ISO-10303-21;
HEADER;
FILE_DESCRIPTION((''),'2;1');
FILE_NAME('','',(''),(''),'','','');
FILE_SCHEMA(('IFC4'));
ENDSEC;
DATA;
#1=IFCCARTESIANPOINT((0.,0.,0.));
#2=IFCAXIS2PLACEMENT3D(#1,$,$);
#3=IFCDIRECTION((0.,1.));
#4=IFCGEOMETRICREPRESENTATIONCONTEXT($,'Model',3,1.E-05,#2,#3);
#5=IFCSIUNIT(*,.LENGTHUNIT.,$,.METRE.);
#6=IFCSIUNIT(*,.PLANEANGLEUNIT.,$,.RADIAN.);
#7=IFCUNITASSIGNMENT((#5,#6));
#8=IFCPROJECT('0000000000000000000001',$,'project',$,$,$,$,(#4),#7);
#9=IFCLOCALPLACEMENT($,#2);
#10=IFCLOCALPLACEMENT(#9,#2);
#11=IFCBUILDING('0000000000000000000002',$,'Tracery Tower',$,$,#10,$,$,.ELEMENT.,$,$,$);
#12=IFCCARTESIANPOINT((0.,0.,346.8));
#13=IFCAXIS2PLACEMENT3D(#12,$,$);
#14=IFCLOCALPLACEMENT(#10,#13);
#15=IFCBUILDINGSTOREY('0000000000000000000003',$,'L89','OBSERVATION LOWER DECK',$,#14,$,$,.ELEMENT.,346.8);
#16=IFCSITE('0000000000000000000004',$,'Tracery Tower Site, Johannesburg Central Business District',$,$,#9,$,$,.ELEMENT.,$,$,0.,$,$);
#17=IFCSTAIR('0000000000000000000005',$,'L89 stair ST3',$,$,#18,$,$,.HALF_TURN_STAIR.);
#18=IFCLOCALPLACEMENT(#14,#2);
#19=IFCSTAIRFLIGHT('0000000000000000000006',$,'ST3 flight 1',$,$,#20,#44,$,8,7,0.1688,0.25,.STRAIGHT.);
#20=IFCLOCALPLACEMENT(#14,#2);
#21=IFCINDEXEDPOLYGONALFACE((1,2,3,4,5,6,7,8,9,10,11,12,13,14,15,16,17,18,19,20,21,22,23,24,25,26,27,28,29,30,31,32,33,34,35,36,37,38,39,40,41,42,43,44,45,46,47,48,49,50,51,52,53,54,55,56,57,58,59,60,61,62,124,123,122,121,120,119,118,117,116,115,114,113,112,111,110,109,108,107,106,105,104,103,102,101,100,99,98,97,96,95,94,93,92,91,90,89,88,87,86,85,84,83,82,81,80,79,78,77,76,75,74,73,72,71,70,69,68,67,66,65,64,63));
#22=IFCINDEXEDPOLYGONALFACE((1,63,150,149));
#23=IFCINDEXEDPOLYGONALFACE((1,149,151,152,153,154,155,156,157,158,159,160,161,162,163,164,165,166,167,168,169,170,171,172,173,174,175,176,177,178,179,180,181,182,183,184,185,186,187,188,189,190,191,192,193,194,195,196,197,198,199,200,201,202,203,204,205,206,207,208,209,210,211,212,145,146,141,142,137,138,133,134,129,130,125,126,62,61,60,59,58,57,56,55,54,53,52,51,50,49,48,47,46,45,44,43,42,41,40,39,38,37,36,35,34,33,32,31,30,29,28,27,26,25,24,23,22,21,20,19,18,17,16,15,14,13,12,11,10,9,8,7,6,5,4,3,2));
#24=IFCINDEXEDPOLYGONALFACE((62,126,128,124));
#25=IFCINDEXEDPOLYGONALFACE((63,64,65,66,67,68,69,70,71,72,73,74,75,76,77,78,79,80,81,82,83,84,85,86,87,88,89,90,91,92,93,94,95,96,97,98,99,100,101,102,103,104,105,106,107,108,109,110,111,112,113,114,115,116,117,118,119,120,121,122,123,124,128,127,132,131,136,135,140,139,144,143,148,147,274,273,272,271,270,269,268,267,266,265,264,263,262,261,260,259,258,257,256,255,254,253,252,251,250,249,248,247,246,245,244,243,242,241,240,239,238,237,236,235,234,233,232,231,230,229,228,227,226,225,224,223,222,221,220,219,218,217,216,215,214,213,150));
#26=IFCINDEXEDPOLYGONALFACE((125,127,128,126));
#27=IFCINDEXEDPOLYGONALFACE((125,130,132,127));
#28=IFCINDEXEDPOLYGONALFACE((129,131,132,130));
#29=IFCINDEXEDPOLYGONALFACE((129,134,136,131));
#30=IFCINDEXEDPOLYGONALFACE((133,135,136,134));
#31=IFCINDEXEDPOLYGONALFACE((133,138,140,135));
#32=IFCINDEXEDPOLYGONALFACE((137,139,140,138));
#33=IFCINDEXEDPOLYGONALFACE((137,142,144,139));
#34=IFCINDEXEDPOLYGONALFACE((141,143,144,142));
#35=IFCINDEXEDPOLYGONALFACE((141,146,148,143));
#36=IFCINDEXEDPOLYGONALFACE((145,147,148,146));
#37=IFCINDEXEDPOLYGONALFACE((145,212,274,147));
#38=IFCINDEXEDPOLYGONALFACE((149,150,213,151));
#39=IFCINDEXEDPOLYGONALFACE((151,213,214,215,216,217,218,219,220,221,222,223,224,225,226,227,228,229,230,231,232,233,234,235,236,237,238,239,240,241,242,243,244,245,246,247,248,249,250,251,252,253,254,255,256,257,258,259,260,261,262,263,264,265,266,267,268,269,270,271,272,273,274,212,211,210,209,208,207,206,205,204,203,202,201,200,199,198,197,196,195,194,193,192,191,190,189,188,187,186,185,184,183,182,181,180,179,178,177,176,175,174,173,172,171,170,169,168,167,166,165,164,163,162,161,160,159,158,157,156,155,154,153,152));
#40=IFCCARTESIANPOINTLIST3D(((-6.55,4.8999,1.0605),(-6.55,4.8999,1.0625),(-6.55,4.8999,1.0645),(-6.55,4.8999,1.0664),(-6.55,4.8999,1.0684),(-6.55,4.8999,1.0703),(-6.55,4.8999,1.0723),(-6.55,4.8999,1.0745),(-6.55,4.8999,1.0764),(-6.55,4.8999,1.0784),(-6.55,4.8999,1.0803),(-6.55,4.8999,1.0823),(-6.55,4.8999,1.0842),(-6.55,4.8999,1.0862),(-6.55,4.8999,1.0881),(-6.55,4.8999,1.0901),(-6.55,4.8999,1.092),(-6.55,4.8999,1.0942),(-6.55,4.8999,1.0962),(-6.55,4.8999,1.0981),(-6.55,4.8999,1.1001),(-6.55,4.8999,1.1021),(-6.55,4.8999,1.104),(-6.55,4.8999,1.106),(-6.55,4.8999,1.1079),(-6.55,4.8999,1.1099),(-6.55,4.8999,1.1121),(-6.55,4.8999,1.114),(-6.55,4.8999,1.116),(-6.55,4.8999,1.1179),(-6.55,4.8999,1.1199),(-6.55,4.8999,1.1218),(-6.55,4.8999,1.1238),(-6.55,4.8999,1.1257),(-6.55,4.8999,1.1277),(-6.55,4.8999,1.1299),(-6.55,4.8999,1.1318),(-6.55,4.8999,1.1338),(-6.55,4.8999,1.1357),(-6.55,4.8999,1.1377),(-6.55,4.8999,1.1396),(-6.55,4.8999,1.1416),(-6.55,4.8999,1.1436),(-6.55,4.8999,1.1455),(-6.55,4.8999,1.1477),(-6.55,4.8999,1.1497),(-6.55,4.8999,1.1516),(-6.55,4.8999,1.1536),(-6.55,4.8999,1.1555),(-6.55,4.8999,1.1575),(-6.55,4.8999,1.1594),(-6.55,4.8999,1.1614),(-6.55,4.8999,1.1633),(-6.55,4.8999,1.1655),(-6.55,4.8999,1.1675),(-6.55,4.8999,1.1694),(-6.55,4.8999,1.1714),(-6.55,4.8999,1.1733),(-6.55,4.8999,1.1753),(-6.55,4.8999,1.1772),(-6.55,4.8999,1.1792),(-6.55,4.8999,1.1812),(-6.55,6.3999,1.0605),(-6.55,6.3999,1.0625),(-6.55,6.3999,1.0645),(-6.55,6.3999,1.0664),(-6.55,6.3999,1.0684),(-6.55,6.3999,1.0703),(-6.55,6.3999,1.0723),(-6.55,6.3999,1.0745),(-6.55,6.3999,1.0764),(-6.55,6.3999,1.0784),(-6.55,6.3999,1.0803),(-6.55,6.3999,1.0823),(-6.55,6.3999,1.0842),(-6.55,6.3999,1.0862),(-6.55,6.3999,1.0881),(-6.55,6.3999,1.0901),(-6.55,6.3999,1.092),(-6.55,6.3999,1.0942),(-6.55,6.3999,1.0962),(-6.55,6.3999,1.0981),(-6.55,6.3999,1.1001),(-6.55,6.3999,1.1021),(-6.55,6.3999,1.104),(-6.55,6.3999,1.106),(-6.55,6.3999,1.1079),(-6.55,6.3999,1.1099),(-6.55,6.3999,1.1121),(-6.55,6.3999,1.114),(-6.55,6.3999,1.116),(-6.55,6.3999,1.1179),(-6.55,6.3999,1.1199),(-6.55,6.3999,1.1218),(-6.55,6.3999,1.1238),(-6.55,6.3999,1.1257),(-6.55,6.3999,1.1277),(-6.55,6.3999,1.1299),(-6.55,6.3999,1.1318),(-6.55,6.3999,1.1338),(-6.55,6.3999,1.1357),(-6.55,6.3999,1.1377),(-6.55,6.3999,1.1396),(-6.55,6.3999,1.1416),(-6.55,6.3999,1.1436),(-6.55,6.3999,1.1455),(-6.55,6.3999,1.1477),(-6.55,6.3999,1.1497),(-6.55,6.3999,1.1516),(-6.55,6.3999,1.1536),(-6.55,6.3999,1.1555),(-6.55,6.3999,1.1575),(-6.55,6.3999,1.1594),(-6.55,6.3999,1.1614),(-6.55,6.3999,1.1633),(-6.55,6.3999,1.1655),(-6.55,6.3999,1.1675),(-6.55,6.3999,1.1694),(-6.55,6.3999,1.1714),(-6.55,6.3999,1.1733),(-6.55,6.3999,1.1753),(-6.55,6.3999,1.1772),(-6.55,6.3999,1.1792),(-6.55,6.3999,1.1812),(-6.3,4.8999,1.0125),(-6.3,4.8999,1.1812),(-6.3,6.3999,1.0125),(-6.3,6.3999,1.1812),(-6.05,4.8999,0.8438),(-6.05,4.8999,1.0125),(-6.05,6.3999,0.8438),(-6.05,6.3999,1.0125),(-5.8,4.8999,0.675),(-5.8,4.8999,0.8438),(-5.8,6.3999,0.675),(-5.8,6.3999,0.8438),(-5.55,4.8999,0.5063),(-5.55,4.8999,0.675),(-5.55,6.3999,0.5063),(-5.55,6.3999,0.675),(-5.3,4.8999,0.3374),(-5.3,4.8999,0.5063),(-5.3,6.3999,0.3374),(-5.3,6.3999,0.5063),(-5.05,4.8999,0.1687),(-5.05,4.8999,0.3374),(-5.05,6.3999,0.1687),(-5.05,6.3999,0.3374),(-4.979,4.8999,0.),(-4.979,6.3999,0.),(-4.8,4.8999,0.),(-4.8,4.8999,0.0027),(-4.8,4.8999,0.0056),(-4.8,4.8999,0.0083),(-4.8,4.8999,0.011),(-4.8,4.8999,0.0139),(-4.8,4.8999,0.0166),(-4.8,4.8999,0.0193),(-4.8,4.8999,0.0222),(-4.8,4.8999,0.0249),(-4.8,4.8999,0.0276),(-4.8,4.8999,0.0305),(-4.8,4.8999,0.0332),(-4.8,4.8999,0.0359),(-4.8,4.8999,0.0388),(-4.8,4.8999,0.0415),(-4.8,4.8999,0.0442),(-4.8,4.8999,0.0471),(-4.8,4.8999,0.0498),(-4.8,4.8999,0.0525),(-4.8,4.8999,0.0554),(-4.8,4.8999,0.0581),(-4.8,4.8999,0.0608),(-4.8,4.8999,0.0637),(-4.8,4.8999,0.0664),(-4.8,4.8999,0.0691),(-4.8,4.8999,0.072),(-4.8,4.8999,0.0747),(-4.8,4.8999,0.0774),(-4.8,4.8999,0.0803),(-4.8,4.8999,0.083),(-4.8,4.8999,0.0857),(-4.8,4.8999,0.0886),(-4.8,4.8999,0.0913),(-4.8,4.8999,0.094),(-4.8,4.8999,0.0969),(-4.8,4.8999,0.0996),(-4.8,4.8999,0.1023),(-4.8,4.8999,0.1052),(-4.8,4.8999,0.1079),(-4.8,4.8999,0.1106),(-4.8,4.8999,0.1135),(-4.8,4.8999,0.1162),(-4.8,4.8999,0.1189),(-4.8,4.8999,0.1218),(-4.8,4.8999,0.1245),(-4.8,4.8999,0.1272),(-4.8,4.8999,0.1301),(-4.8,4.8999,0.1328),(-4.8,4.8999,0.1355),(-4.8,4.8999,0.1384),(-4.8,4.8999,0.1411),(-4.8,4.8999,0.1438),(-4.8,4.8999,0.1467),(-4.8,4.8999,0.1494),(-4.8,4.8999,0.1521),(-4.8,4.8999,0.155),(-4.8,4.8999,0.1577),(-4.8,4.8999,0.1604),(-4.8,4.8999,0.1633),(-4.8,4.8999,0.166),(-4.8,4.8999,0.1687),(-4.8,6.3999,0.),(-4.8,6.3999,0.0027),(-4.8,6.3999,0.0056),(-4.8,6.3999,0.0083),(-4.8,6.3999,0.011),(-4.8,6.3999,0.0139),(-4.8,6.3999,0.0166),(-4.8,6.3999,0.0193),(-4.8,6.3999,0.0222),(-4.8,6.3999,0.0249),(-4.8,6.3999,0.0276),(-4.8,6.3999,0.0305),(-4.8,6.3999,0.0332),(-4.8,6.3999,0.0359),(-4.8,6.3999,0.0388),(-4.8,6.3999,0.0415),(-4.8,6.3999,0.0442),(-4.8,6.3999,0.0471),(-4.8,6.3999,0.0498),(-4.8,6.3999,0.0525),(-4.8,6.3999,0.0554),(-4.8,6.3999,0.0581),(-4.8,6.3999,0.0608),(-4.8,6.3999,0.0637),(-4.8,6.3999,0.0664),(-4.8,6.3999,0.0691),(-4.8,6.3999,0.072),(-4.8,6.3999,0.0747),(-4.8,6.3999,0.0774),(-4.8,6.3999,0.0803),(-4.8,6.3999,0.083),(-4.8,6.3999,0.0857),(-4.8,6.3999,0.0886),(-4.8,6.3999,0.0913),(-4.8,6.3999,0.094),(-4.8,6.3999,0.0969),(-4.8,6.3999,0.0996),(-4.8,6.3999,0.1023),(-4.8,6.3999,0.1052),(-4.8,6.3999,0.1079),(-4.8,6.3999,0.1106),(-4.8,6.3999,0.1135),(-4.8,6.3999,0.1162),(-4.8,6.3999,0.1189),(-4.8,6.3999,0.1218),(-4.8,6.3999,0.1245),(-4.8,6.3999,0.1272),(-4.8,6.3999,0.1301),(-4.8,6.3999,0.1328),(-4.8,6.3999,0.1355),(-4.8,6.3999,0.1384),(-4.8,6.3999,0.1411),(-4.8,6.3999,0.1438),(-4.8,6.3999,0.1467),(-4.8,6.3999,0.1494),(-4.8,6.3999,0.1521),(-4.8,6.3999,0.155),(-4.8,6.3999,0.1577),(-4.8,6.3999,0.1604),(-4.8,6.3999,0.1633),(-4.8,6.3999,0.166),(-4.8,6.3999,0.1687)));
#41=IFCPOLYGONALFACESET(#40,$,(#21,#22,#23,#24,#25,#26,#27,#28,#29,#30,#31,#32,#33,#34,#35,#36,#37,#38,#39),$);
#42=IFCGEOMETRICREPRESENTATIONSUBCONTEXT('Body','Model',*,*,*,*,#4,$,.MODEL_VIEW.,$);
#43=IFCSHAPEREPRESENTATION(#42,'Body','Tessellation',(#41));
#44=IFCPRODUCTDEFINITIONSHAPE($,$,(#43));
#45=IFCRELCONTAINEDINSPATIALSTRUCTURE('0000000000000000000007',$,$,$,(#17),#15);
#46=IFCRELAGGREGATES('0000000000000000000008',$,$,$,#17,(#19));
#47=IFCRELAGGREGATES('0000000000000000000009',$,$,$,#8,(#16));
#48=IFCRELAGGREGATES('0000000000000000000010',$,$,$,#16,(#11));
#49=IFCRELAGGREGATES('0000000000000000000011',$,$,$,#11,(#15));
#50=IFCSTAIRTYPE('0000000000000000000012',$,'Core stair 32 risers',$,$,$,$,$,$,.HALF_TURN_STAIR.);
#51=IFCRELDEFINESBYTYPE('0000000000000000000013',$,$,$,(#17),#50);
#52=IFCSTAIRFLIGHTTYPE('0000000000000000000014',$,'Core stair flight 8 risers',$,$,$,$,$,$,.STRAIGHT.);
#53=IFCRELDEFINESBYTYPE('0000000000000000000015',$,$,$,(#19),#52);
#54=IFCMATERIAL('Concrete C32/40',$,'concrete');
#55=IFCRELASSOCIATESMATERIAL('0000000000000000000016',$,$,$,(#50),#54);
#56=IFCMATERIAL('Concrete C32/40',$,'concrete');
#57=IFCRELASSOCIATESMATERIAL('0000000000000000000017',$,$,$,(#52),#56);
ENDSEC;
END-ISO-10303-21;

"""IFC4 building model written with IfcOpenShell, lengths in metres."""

from ifc_helpers import new_model, si_unit, direction, frame, origin, place, context, subcontext, project, spatial, polyline, outline, extrude, material, type_object, element, aggregate, save


model = new_model("IFC4")

# Units and contexts
model_context = context("Model", 3, precision=1e-05, world=origin(), true_north=direction((0.0, 1.0)))
body_context = subcontext(model_context, "Body", "Model", "MODEL_VIEW")
ifc_project = project(units=[si_unit("LENGTHUNIT", "METRE"), si_unit("PLANEANGLEUNIT", "RADIAN")], contexts=[model_context])

# Site, building, storey
site_placement = place(None, origin())
site = spatial("IfcSite", under=ifc_project, at=site_placement, Name="Tracery Tower Site, Johannesburg Central Business District", CompositionType="ELEMENT", RefElevation=0.0)
building_placement = place(site_placement, origin())
building = spatial("IfcBuilding", under=site, at=building_placement, Name="Tracery Tower", CompositionType="ELEMENT")
storey_placement = place(building_placement, frame((0.0, 0.0, 346.8)))
storey = spatial("IfcBuildingStorey", under=building, at=storey_placement, Name="L89", Description="OBSERVATION LOWER DECK", CompositionType="ELEMENT", Elevation=346.8)

# Stair, stair flight
ifc_material_1 = material(Name="Concrete C32/40", Category="concrete")
stair_type = type_object("IfcStairType", Name="Core stair 32 risers", PredefinedType="HALF_TURN_STAIR", material=ifc_material_1)
stair_placement = place(storey_placement, origin())
stair = element("IfcStair", 1, at=stair_placement, inside=storey, type_object=stair_type, Name="L89 stair ST3", PredefinedType="HALF_TURN_STAIR")
ifc_material_2 = material(Name="Concrete C32/40", Category="concrete")
stair_flight_type = type_object("IfcStairFlightType", Name="Core stair flight 8 risers", PredefinedType="STRAIGHT", material=ifc_material_2)
stair_flight_1_placement = place(storey_placement, frame((-4.8, 5.6499, 0.0), z_axis=(0.0, 0.0, 1.0), x_axis=(-1.0, 0.0, 0.0)))
stair_flight_1 = element("IfcStairFlight", 2, at=stair_flight_1_placement, type_object=stair_flight_type, Name="ST3 flight 1", NumberOfRisers=8, NumberOfTreads=7, PredefinedType="STRAIGHT", RiserHeight=0.1688, TreadLength=0.25, context=body_context, shape_type="SweptSolid", body=[
    extrude(outline(polyline([(0.0, 0.0), (0.0, 0.0027), (0.0, 0.0056), (0.0, 0.0083), (0.0, 0.011), (0.0, 0.0139), (0.0, 0.0166), (0.0, 0.0193), (0.0, 0.0222), (0.0, 0.0249), (0.0, 0.0276), (0.0, 0.0305), (0.0, 0.0332), (0.0, 0.0359), (0.0, 0.0388), (0.0, 0.0415), (0.0, 0.0442), (0.0, 0.0471), (0.0, 0.0498), (0.0, 0.0525), (0.0, 0.0554), (0.0, 0.0581), (0.0, 0.0608), (0.0, 0.0637), (0.0, 0.0664), (0.0, 0.0691), (0.0, 0.072), (0.0, 0.0747), (0.0, 0.0774), (0.0, 0.0803), (0.0, 0.083), (0.0, 0.0857), (0.0, 0.0886), (0.0, 0.0913), (0.0, 0.094), (0.0, 0.0969), (0.0, 0.0996), (0.0, 0.1023), (0.0, 0.1052), (0.0, 0.1079), (0.0, 0.1106), (0.0, 0.1135), (0.0, 0.1162), (0.0, 0.1189), (0.0, 0.1218), (0.0, 0.1245), (0.0, 0.1272), (0.0, 0.1301), (0.0, 0.1328), (0.0, 0.1355), (0.0, 0.1384), (0.0, 0.1411), (0.0, 0.1438), (0.0, 0.1467), (0.0, 0.1494), (0.0, 0.1521), (0.0, 0.155), (0.0, 0.1577), (0.0, 0.1604), (0.0, 0.1633), (0.0, 0.166), (0.0, 0.1687), (0.25, 0.1687), (0.25, 0.3374), (0.5, 0.3374), (0.5, 0.5063), (0.75, 0.5063), (0.75, 0.675), (1.0, 0.675), (1.0, 0.8438), (1.25, 0.8438), (1.25, 1.0125), (1.5, 1.0125), (1.5, 1.1812), (1.75, 1.1812), (1.75, 1.1792), (1.75, 1.1772), (1.75, 1.1753), (1.75, 1.1733), (1.75, 1.1714), (1.75, 1.1694), (1.75, 1.1675), (1.75, 1.1655), (1.75, 1.1633), (1.75, 1.1614), (1.75, 1.1594), (1.75, 1.1575), (1.75, 1.1555), (1.75, 1.1536), (1.75, 1.1516), (1.75, 1.1497), (1.75, 1.1477), (1.75, 1.1455), (1.75, 1.1436), (1.75, 1.1416), (1.75, 1.1396), (1.75, 1.1377), (1.75, 1.1357), (1.75, 1.1338), (1.75, 1.1318), (1.75, 1.1299), (1.75, 1.1277), (1.75, 1.1257), (1.75, 1.1238), (1.75, 1.1218), (1.75, 1.1199), (1.75, 1.1179), (1.75, 1.116), (1.75, 1.114), (1.75, 1.1121), (1.75, 1.1099), (1.75, 1.1079), (1.75, 1.106), (1.75, 1.104), (1.75, 1.1021), (1.75, 1.1001), (1.75, 1.0981), (1.75, 1.0962), (1.75, 1.0942), (1.75, 1.092), (1.75, 1.0901), (1.75, 1.0881), (1.75, 1.0862), (1.75, 1.0842), (1.75, 1.0823), (1.75, 1.0803), (1.75, 1.0784), (1.75, 1.0764), (1.75, 1.0745), (1.75, 1.0723), (1.75, 1.0703), (1.75, 1.0684), (1.75, 1.0664), (1.75, 1.0645), (1.75, 1.0625), (1.75, 1.0605), (0.179, 0.0), (0.0, 0.0)])), frame((0.0, 0.75, 0.0), z_axis=(0.0, -1.0, 0.0), x_axis=(1.0, 0.0, 0.0)), (0.0, 0.0, 1.0), 1.5),
])
aggregate(stair, [stair_flight_1])

save(model, "model.ifc")
